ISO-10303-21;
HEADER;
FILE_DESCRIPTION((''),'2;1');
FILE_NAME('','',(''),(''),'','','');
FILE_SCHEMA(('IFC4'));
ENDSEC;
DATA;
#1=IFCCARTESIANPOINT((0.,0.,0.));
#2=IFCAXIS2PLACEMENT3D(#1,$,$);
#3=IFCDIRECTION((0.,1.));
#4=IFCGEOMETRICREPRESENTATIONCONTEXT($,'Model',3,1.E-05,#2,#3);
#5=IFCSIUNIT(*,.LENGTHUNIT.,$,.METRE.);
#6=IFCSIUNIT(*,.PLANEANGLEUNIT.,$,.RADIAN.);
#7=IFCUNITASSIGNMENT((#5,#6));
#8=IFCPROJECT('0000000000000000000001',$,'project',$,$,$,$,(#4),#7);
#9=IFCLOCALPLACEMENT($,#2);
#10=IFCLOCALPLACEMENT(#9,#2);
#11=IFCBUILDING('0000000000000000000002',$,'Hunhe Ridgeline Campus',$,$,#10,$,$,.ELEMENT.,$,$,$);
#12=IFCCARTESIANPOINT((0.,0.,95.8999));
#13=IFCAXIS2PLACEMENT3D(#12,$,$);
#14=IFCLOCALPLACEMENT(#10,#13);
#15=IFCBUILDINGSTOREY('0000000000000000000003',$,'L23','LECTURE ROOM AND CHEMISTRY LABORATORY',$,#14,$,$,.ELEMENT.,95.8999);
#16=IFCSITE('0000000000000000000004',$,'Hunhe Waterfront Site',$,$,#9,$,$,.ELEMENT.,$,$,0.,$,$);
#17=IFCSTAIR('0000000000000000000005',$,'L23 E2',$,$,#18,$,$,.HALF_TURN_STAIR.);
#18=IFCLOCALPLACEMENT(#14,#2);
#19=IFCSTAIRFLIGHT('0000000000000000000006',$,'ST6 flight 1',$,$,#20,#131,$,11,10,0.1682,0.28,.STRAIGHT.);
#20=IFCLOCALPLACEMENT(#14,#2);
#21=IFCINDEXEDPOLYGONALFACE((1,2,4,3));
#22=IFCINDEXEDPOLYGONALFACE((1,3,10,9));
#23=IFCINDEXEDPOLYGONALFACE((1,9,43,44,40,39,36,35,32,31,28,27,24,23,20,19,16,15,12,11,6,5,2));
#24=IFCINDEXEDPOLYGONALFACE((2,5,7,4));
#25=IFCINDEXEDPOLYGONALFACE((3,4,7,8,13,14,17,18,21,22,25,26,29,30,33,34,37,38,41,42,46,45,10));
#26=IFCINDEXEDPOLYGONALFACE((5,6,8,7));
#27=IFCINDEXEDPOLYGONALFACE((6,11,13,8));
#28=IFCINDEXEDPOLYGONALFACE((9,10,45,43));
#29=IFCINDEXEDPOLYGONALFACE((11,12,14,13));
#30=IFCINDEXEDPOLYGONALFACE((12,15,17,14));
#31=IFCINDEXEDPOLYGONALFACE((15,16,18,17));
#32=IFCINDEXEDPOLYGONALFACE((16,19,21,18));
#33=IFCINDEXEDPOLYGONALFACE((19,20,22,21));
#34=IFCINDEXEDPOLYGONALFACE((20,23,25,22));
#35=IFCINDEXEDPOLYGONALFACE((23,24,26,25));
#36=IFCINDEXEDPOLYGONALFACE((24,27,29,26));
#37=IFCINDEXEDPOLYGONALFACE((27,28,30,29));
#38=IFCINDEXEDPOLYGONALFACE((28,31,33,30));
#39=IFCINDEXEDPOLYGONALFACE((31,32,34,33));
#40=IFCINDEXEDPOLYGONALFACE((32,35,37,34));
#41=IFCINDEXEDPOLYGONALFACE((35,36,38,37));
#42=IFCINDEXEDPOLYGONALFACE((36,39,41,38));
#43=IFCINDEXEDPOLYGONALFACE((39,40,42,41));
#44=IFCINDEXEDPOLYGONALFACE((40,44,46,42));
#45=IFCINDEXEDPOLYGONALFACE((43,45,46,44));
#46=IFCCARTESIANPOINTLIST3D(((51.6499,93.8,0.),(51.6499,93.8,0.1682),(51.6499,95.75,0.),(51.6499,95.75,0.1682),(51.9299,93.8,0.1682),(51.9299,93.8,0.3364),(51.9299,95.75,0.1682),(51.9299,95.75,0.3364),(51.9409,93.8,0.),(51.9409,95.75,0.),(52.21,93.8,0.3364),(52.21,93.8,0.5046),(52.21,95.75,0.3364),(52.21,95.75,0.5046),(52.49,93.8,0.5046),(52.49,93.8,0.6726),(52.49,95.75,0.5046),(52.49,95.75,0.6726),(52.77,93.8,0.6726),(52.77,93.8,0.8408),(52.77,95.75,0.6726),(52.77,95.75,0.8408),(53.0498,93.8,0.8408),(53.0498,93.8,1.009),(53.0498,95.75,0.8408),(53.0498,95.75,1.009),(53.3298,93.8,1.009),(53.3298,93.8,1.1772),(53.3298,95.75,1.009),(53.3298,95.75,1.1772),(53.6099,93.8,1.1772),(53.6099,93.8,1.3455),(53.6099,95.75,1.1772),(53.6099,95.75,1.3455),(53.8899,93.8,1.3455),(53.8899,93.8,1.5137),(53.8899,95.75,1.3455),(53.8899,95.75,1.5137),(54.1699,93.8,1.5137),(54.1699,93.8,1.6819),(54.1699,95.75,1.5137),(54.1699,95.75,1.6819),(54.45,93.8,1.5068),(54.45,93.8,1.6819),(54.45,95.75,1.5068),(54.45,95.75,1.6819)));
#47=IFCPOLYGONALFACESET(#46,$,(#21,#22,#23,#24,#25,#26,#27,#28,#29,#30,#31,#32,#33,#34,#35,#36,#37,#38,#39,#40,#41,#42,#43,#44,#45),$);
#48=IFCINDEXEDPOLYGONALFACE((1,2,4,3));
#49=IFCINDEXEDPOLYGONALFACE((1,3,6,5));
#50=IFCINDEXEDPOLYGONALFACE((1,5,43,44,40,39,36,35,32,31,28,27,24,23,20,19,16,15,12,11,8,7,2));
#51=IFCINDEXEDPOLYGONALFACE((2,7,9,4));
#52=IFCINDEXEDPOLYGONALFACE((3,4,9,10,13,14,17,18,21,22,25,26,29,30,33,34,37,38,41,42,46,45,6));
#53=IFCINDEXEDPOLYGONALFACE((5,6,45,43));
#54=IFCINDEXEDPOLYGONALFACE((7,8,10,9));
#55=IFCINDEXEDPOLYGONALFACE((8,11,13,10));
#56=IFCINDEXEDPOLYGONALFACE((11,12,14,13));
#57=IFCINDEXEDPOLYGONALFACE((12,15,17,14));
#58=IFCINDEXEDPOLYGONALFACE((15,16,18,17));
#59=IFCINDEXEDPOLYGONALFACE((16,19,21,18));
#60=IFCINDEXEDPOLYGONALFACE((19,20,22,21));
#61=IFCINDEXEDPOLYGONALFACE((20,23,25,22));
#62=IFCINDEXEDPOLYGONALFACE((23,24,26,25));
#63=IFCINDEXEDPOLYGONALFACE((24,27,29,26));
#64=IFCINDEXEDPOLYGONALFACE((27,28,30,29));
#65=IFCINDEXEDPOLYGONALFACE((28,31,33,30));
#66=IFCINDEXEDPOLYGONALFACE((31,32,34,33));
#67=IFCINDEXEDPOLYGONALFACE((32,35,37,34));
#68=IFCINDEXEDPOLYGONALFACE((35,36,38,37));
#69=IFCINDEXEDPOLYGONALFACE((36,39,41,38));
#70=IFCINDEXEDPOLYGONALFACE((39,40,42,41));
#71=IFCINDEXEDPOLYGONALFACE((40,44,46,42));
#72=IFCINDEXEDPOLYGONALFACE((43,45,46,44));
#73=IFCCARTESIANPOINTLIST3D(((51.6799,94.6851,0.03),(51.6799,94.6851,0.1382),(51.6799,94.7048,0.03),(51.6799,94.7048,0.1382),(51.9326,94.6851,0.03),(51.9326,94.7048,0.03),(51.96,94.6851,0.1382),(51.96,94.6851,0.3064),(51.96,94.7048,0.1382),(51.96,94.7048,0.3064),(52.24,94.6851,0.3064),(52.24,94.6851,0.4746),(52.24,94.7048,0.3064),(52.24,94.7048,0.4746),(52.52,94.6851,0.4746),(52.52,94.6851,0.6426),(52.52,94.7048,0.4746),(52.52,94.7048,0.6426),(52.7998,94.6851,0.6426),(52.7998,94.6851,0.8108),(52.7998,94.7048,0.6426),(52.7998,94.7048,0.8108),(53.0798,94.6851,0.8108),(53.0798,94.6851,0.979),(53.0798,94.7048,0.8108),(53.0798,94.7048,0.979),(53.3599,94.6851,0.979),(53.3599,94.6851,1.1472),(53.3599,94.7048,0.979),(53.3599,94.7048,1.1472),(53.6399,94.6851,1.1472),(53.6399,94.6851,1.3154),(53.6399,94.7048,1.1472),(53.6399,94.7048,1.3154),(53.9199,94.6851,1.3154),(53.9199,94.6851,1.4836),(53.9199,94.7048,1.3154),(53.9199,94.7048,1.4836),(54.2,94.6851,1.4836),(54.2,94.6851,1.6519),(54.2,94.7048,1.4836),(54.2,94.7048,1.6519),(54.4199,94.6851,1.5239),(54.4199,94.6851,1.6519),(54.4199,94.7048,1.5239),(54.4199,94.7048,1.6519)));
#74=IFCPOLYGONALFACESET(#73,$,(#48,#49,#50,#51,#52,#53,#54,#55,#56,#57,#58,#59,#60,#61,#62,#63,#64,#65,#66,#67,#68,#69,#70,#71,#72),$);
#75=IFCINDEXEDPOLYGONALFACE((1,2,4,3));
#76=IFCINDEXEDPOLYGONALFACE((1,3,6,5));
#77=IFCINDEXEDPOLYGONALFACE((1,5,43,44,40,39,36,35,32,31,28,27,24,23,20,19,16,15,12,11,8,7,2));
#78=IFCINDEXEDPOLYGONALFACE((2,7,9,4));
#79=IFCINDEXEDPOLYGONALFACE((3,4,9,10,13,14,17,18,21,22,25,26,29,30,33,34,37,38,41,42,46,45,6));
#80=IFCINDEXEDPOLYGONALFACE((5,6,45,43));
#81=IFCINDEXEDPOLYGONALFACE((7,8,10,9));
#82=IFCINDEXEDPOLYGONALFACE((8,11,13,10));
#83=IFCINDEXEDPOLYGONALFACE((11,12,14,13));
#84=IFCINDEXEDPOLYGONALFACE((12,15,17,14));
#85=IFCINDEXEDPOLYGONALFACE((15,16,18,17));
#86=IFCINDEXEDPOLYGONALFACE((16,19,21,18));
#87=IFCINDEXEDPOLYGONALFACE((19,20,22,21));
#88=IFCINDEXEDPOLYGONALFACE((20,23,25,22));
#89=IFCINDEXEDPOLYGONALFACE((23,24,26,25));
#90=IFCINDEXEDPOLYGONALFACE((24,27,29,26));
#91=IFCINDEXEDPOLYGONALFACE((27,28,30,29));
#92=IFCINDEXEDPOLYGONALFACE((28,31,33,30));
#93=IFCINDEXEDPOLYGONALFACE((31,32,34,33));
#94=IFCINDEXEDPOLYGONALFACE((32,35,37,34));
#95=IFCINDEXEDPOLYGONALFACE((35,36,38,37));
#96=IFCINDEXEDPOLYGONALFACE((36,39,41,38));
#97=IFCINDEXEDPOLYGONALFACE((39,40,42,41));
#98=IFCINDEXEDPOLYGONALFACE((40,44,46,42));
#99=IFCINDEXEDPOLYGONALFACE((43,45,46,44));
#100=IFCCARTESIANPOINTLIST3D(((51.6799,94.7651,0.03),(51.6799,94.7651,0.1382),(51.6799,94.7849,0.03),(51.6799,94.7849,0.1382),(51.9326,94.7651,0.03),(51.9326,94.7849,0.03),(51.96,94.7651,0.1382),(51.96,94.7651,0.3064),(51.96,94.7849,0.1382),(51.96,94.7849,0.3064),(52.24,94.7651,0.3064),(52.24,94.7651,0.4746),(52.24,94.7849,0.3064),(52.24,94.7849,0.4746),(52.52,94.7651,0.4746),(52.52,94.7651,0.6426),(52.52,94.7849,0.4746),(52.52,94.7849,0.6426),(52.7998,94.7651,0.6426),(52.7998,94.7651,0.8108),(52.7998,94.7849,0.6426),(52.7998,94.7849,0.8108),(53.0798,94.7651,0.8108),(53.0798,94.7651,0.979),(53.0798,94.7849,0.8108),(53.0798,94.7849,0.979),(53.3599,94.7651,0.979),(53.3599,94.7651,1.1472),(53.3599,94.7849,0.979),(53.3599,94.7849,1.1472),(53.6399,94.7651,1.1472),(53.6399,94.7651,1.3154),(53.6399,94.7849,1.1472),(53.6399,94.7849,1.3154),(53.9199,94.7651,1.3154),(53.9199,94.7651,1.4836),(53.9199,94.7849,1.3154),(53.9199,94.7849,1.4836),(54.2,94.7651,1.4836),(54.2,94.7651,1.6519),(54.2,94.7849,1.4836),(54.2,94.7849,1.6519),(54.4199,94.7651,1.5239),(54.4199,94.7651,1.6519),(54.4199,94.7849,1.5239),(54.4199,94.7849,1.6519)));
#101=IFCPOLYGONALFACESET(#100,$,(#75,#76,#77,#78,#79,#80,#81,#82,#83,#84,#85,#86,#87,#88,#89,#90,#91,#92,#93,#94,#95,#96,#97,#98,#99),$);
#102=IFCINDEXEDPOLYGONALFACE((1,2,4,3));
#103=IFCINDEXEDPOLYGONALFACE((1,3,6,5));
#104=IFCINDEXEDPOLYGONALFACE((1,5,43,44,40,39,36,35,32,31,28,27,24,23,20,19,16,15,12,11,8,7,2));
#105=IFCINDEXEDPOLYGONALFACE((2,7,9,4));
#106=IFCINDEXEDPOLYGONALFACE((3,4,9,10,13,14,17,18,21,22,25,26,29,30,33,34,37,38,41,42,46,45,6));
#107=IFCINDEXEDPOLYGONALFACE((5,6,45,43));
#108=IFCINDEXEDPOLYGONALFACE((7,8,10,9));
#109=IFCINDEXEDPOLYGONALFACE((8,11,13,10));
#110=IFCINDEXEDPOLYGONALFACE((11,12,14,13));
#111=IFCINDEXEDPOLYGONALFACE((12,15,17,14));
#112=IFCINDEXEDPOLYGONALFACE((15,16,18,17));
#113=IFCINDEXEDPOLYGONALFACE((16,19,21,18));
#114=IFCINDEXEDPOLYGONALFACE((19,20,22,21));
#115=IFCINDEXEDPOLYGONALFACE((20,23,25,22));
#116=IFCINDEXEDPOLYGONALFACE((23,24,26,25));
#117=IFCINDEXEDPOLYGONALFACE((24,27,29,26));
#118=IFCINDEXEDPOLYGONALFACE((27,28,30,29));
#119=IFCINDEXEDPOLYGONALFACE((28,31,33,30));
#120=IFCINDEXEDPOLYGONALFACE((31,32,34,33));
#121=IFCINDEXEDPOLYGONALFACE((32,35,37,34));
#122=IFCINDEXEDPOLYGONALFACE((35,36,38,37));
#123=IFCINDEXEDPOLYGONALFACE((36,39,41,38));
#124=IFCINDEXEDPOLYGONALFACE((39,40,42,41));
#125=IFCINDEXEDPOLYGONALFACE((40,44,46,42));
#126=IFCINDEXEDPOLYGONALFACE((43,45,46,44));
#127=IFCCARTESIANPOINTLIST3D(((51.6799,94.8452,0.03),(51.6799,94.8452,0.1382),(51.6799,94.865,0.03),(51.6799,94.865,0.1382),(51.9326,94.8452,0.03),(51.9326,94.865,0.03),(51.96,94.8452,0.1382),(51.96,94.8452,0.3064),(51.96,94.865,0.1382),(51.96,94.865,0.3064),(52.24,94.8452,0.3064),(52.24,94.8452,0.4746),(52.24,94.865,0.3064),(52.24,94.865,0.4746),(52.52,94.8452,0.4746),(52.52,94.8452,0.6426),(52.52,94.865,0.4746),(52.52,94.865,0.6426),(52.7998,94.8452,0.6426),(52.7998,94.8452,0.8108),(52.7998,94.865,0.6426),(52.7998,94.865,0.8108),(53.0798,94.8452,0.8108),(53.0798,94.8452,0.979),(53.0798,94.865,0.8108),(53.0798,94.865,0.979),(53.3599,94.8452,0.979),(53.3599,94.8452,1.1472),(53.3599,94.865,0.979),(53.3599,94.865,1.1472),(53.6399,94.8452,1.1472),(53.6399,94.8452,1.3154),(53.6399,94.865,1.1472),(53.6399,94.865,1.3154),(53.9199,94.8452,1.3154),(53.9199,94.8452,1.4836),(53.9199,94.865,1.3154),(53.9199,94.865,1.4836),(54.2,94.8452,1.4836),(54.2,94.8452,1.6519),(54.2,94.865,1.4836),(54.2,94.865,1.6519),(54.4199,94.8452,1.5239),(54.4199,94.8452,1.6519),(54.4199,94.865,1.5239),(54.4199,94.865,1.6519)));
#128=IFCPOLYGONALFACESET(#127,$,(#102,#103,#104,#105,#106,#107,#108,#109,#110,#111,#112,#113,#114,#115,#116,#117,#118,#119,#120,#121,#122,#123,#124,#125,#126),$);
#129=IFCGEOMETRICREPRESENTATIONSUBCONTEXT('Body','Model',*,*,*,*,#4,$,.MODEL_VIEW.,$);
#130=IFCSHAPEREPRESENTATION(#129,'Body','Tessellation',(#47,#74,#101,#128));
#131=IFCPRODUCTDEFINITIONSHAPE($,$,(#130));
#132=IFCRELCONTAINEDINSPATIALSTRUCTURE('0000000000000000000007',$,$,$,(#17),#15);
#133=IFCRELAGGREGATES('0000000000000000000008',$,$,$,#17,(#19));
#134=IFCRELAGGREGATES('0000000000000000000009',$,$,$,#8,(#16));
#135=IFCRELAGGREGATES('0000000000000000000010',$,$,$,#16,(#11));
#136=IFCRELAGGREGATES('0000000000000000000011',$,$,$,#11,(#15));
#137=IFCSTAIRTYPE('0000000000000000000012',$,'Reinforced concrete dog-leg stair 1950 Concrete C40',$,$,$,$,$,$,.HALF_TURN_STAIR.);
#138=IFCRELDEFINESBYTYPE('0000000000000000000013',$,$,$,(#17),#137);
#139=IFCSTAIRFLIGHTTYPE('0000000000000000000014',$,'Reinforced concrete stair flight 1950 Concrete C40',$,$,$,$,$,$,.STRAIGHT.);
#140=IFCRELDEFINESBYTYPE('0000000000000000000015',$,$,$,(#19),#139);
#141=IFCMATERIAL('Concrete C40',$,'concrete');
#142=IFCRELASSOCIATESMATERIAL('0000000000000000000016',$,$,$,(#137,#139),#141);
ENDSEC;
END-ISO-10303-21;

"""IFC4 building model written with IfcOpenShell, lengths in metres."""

from ifc_helpers import new_model, si_unit, direction, frame, origin, place, context, subcontext, project, spatial, polyline, outline, extrude, material, type_object, element, aggregate, save


model = new_model("IFC4")

# Units and contexts
model_context = context("Model", 3, precision=1e-05, world=origin(), true_north=direction((0.0, 1.0)))
body_context = subcontext(model_context, "Body", "Model", "MODEL_VIEW")
ifc_project = project(units=[si_unit("LENGTHUNIT", "METRE"), si_unit("PLANEANGLEUNIT", "RADIAN")], contexts=[model_context])

# Site, building, storey
site_placement = place(None, origin())
site = spatial("IfcSite", under=ifc_project, at=site_placement, Name="Hunhe Waterfront Site", CompositionType="ELEMENT", RefElevation=0.0)
building_placement = place(site_placement, origin())
building = spatial("IfcBuilding", under=site, at=building_placement, Name="Hunhe Ridgeline Campus", CompositionType="ELEMENT")
storey_placement = place(building_placement, frame((0.0, 0.0, 95.8999)))
storey = spatial("IfcBuildingStorey", under=building, at=storey_placement, Name="L23", Description="LECTURE ROOM AND CHEMISTRY LABORATORY", CompositionType="ELEMENT", Elevation=95.8999)

# Stair, stair flight
ifc_material_1 = material(Name="Concrete C40", Category="concrete")
stair_type = type_object("IfcStairType", Name="Reinforced concrete dog-leg stair 1950 Concrete C40", PredefinedType="HALF_TURN_STAIR", material=ifc_material_1)
stair_1_placement = place(storey_placement, origin())
stair_1 = element("IfcStair", 1, at=stair_1_placement, inside=storey, type_object=stair_type, Name="L23 E2", PredefinedType="HALF_TURN_STAIR")
stair_flight_type = type_object("IfcStairFlightType", Name="Reinforced concrete stair flight 1950 Concrete C40", PredefinedType="STRAIGHT", material=ifc_material_1)
stair_flight_1_placement = place(storey_placement, frame((51.6499, 94.7749, 0.0), z_axis=(0.0, 0.0, 1.0), x_axis=(1.0, 0.0, 0.0)))
stair_flight_1 = element("IfcStairFlight", 2, at=stair_flight_1_placement, type_object=stair_flight_type, Name="ST6 flight 1", NumberOfRisers=11, NumberOfTreads=10, PredefinedType="STRAIGHT", RiserHeight=0.1682, TreadLength=0.28, context=body_context, shape_type="SweptSolid", body=[
    extrude(outline(polyline([(0.0, 0.0), (0.0, 0.1682), (0.28, 0.1682), (0.28, 0.3364), (0.5601, 0.3364), (0.5601, 0.5046), (0.8401, 0.5046), (0.8401, 0.6726), (1.1201, 0.6726), (1.1201, 0.8408), (1.3999, 0.8408), (1.3999, 1.009), (1.6799, 1.009), (1.6799, 1.1772), (1.96, 1.1772), (1.96, 1.3455), (2.24, 1.3455), (2.24, 1.5137), (2.52, 1.5137), (2.52, 1.6819), (2.8, 1.6819), (2.8, 1.8501), (2.8, 1.5068), (0.291, 0.0), (0.0, 0.0)])), frame((0.0, 0.9751, 0.0), z_axis=(0.0, -1.0, 0.0), x_axis=(1.0, 0.0, 0.0)), (0.0, 0.0, 1.0), 1.95),
    extrude(outline(polyline([(0.03, 0.03), (0.03, 0.1382), (0.3101, 0.1382), (0.3101, 0.3064), (0.5901, 0.3064), (0.5901, 0.4746), (0.8701, 0.4746), (0.8701, 0.6426), (1.1499, 0.6426), (1.1499, 0.8108), (1.4299, 0.8108), (1.4299, 0.979), (1.71, 0.979), (1.71, 1.1472), (1.99, 1.1472), (1.99, 1.3154), (2.27, 1.3154), (2.27, 1.4836), (2.55, 1.4836), (2.55, 1.6519), (2.77, 1.6519), (2.77, 1.5239), (0.2827, 0.03), (0.03, 0.03)])), frame((0.0, -0.0701, 0.0), z_axis=(0.0, -1.0, 0.0), x_axis=(1.0, 0.0, 0.0)), (0.0, 0.0, 1.0), 0.0198),
    extrude(outline(polyline([(0.03, 0.03), (0.03, 0.1382), (0.3101, 0.1382), (0.3101, 0.3064), (0.5901, 0.3064), (0.5901, 0.4746), (0.8701, 0.4746), (0.8701, 0.6426), (1.1499, 0.6426), (1.1499, 0.8108), (1.4299, 0.8108), (1.4299, 0.979), (1.71, 0.979), (1.71, 1.1472), (1.99, 1.1472), (1.99, 1.3154), (2.27, 1.3154), (2.27, 1.4836), (2.55, 1.4836), (2.55, 1.6519), (2.77, 1.6519), (2.77, 1.5239), (0.2827, 0.03), (0.03, 0.03)])), frame((0.0, 0.01, 0.0), z_axis=(0.0, -1.0, 0.0), x_axis=(1.0, 0.0, 0.0)), (0.0, 0.0, 1.0), 0.0198),
    extrude(outline(polyline([(0.03, 0.03), (0.03, 0.1382), (0.3101, 0.1382), (0.3101, 0.3064), (0.5901, 0.3064), (0.5901, 0.4746), (0.8701, 0.4746), (0.8701, 0.6426), (1.1499, 0.6426), (1.1499, 0.8108), (1.4299, 0.8108), (1.4299, 0.979), (1.71, 0.979), (1.71, 1.1472), (1.99, 1.1472), (1.99, 1.3154), (2.27, 1.3154), (2.27, 1.4836), (2.55, 1.4836), (2.55, 1.6519), (2.77, 1.6519), (2.77, 1.5239), (0.2827, 0.03), (0.03, 0.03)])), frame((0.0, 0.0901, 0.0), z_axis=(0.0, -1.0, 0.0), x_axis=(1.0, 0.0, 0.0)), (0.0, 0.0, 1.0), 0.0198),
])
aggregate(stair_1, [stair_flight_1])

save(model, "model.ifc")
